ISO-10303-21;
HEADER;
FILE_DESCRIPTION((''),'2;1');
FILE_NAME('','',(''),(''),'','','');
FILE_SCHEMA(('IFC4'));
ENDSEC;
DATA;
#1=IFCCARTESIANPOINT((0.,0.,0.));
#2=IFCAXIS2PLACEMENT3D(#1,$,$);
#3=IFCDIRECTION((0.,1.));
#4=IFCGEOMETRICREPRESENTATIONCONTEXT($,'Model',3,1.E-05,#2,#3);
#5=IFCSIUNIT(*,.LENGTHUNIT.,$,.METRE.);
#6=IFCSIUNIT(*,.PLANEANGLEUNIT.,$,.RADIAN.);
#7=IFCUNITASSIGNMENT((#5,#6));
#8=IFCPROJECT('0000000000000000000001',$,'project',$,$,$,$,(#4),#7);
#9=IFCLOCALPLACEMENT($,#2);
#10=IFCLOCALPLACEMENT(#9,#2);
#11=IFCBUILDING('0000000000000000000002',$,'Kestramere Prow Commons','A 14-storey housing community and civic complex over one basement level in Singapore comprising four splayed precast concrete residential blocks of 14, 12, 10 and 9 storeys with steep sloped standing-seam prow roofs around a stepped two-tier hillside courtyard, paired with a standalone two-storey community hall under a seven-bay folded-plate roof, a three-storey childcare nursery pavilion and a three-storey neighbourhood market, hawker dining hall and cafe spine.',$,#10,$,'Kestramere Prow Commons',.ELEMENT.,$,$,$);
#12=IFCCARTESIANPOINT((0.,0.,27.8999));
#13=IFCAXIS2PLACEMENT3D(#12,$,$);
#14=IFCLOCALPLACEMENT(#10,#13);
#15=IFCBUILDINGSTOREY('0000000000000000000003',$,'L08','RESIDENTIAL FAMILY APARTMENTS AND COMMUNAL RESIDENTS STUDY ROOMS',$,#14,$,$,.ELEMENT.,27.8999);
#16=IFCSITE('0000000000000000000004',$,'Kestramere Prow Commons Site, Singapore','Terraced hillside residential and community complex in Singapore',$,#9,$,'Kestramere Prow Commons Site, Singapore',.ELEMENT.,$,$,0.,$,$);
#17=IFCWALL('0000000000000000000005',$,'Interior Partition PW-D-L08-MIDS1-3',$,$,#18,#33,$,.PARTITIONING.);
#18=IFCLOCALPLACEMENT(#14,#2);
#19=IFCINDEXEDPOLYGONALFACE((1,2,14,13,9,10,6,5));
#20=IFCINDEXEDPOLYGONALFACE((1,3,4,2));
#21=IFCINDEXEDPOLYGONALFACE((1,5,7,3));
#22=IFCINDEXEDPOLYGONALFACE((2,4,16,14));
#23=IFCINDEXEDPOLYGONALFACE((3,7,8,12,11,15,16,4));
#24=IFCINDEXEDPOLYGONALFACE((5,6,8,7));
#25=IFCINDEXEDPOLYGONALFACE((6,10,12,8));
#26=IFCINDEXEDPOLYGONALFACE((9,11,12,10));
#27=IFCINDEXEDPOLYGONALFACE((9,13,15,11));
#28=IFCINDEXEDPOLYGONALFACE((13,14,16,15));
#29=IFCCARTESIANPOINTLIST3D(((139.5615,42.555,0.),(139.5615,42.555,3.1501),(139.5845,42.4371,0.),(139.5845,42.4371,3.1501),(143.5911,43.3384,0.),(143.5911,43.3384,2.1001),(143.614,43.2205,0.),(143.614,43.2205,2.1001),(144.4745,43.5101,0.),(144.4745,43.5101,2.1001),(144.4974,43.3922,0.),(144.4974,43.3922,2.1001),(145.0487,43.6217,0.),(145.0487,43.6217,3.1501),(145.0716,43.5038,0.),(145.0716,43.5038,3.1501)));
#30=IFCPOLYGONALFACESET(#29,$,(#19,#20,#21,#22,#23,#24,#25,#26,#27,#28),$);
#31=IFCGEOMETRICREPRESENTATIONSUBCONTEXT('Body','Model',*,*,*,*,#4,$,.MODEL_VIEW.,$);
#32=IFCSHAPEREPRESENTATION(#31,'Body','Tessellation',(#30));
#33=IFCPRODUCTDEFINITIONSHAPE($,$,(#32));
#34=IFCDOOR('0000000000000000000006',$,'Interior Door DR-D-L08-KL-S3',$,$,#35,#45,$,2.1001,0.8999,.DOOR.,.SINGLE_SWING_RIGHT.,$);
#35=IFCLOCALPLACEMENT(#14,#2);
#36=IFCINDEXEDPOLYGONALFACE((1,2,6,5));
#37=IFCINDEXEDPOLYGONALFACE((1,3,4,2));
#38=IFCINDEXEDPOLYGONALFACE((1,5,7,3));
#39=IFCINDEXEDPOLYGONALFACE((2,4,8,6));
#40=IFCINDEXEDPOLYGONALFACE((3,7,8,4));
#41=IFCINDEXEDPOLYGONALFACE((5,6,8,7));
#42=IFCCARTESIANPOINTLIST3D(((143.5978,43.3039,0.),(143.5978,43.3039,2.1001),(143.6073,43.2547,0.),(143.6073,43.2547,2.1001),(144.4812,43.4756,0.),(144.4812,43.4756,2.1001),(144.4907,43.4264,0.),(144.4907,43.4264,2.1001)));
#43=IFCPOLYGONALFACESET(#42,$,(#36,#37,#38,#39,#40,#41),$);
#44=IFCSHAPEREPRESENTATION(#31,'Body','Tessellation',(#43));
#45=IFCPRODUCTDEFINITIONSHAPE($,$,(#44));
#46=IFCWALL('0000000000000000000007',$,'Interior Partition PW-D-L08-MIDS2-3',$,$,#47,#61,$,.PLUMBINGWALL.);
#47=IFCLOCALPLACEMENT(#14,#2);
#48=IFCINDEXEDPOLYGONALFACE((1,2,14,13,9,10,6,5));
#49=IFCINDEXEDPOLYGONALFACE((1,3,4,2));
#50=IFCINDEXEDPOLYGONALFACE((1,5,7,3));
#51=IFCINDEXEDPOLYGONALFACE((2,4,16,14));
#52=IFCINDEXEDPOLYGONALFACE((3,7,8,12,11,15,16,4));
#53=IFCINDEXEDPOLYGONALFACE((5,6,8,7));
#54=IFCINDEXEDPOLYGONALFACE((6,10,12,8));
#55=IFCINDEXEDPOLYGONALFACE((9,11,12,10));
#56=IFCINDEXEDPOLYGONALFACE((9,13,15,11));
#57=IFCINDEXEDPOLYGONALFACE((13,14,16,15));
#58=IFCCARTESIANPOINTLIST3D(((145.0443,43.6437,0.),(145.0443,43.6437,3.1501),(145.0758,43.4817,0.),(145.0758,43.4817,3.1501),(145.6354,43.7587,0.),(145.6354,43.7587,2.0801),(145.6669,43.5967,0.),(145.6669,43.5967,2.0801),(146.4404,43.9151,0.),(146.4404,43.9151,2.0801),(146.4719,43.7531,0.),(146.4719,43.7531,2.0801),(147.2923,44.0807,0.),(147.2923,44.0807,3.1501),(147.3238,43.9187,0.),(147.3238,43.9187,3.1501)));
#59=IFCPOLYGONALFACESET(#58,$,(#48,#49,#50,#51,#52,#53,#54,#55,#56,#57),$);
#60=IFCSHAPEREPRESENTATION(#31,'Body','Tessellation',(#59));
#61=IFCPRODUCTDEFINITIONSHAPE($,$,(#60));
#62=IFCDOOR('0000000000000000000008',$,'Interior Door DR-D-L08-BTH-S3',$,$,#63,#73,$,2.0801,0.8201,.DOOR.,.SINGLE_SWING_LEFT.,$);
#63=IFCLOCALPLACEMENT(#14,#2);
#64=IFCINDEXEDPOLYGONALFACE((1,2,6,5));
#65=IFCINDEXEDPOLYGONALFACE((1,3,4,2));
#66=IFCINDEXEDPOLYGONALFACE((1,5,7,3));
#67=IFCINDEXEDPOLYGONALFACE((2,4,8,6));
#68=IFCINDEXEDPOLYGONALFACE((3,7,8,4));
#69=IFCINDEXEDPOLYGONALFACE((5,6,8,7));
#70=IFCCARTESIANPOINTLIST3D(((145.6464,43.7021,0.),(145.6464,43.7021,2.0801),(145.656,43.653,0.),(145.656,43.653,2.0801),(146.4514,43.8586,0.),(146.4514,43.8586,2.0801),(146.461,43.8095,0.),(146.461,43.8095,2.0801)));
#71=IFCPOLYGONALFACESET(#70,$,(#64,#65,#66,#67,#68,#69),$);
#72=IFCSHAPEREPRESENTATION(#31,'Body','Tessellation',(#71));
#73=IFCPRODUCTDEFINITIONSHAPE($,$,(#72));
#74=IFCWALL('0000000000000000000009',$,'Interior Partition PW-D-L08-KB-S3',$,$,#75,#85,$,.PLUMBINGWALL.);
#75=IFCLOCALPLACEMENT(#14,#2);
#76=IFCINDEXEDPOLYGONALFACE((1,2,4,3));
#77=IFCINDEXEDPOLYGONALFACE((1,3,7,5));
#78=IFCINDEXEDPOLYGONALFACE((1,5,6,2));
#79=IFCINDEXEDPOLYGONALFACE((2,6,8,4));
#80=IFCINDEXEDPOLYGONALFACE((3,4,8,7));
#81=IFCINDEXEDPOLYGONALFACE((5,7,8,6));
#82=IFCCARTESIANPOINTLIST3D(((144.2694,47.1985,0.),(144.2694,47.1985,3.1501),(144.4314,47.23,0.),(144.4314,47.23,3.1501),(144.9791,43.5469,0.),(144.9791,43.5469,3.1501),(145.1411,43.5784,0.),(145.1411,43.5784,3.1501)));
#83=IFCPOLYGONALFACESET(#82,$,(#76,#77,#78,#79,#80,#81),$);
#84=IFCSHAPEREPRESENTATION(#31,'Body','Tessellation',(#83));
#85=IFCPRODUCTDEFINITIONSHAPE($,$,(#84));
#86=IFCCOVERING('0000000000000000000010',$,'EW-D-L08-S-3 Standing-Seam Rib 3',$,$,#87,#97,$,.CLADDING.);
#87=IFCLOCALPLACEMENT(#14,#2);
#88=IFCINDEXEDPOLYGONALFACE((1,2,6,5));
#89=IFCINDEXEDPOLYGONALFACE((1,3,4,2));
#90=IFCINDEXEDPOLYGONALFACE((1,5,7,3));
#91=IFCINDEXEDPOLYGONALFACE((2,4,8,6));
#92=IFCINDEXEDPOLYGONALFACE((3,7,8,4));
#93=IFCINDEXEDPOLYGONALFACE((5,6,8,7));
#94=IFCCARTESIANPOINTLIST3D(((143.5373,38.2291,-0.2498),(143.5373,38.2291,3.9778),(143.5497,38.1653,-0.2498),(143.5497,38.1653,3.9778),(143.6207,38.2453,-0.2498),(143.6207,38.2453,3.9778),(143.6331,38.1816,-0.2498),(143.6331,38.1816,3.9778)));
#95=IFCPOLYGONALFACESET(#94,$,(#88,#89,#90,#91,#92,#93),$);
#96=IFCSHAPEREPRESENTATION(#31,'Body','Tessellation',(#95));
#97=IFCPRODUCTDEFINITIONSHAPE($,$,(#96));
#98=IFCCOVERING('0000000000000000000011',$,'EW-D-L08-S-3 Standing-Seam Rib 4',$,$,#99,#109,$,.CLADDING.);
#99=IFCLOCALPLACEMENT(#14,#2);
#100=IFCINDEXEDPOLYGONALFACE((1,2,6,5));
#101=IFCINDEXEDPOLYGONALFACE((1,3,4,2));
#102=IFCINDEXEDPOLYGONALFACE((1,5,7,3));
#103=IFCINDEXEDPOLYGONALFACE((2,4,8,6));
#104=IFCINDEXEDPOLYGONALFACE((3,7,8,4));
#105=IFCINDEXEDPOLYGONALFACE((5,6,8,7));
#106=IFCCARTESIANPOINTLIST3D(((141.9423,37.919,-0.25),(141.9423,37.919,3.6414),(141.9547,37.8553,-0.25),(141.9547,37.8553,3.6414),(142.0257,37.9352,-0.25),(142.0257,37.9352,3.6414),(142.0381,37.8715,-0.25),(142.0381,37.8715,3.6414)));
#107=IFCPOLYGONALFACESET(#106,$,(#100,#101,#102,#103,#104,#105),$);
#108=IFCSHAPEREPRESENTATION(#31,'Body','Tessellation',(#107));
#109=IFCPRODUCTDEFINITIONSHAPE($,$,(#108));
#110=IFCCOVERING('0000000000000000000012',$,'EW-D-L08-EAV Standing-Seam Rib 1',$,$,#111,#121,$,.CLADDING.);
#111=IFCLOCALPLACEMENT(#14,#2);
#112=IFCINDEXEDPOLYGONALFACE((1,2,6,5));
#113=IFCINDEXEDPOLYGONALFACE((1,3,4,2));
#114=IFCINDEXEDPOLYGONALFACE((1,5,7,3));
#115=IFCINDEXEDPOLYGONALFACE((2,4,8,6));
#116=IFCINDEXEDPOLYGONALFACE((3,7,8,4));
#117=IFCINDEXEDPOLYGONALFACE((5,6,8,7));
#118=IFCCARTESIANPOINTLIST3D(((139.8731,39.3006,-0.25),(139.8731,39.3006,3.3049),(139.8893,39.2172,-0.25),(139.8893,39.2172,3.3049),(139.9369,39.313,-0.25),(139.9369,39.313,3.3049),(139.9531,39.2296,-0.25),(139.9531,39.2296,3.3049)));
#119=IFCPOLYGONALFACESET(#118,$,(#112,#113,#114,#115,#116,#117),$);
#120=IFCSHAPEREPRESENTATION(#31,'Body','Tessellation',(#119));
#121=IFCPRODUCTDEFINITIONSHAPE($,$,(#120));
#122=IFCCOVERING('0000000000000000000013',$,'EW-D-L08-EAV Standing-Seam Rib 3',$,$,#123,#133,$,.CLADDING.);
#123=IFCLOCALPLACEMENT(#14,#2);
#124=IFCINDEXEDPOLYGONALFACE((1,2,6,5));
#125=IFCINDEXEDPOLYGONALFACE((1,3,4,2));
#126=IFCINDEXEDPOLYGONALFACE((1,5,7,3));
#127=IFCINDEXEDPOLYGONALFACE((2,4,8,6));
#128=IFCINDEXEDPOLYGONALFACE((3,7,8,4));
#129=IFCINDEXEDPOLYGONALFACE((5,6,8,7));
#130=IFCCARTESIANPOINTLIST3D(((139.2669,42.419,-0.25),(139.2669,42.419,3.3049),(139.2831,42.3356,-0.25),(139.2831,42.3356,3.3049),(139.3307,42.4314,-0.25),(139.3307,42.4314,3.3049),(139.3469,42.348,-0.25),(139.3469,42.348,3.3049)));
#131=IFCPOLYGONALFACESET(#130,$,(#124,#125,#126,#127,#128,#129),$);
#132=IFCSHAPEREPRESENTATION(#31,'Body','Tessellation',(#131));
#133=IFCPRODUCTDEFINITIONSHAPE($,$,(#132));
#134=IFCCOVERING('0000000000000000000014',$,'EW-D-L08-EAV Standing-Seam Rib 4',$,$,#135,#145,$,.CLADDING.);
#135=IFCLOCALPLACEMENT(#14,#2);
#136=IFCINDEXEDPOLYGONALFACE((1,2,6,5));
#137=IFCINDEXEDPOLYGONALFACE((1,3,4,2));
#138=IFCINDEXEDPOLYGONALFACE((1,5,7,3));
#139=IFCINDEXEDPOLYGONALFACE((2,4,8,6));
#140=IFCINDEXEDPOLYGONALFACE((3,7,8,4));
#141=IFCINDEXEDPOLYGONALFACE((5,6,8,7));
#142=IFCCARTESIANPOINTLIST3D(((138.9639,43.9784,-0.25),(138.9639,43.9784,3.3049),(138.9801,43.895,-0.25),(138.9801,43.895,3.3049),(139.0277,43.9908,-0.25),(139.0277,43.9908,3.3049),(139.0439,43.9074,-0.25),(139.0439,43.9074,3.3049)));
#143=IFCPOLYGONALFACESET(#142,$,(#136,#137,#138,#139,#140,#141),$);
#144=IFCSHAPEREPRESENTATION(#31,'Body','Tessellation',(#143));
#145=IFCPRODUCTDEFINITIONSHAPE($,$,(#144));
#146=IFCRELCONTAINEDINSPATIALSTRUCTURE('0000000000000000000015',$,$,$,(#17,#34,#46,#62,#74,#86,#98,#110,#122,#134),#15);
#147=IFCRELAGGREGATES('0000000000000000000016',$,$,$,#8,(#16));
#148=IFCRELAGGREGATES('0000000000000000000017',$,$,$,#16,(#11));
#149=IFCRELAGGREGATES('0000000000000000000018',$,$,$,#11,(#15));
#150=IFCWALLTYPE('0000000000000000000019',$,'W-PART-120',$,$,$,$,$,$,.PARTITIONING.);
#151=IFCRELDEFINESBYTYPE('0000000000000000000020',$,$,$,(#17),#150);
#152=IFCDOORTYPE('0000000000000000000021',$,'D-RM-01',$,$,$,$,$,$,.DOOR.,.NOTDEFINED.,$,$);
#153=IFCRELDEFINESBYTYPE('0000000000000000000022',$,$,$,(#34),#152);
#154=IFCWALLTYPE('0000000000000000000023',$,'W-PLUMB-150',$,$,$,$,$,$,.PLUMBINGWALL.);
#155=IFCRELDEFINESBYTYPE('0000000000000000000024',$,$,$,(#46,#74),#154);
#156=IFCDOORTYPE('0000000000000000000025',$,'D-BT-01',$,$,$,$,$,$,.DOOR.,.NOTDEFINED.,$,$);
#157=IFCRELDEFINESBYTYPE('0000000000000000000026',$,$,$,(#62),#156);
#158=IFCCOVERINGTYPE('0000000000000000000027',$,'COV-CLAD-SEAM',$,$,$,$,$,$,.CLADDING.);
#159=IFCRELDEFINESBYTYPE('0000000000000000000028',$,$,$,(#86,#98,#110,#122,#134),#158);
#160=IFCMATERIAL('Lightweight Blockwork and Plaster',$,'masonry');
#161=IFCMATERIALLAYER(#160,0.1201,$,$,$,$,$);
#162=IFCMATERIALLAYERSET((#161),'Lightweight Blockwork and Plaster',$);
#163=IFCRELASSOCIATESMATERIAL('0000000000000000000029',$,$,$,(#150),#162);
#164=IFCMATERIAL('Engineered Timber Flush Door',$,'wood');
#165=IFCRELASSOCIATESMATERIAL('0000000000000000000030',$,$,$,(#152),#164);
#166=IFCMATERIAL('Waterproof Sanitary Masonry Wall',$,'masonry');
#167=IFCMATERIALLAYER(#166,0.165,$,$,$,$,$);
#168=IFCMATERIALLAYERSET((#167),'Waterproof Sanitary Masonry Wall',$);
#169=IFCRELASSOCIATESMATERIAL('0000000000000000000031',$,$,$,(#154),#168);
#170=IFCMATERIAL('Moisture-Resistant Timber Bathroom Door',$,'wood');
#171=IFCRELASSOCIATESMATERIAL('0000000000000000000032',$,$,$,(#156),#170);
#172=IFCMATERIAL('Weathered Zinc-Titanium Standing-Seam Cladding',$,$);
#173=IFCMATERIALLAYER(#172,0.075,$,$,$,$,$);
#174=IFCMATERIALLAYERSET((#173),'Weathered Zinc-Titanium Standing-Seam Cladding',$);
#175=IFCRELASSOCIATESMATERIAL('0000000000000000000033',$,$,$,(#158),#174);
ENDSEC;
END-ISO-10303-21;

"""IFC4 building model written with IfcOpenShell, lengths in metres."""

from ifc_helpers import new_model, si_unit, direction, frame, frame_2d, origin, origin_2d, place, context, subcontext, project, spatial, rectangle, extrude, material, layer, layer_set, type_object, element, fill, save


model = new_model("IFC4")

# Units and contexts
model_context = context("Model", 3, precision=1e-05, world=origin(), true_north=direction((0.0, 1.0)))
body_context = subcontext(model_context, "Body", "Model", "MODEL_VIEW")
ifc_project = project(units=[si_unit("LENGTHUNIT", "METRE"), si_unit("PLANEANGLEUNIT", "RADIAN")], contexts=[model_context])

# Site, building, storey
site_placement = place(None, origin())
site = spatial("IfcSite", under=ifc_project, at=site_placement, Name="Kestramere Prow Commons Site, Singapore", Description="Terraced hillside residential and community complex in Singapore", LongName="Kestramere Prow Commons Site, Singapore", CompositionType="ELEMENT", RefElevation=0.0)
building_placement = place(site_placement, origin())
building = spatial("IfcBuilding", under=site, at=building_placement, Name="Kestramere Prow Commons", Description="A 14-storey housing community and civic complex over one basement level in Singapore comprising four splayed precast concrete residential blocks of 14, 12, 10 and 9 storeys with steep sloped standing-seam prow roofs around a stepped two-tier hillside courtyard, paired with a standalone two-storey community hall under a seven-bay folded-plate roof, a three-storey childcare nursery pavilion and a three-storey neighbourhood market, hawker dining hall and cafe spine.", LongName="Kestramere Prow Commons", CompositionType="ELEMENT")
storey_placement = place(building_placement, frame((0.0, 0.0, 27.8999)))
storey = spatial("IfcBuildingStorey", under=building, at=storey_placement, Name="L08", Description="RESIDENTIAL FAMILY APARTMENTS AND COMMUNAL RESIDENTS STUDY ROOMS", CompositionType="ELEMENT", Elevation=27.8999)

# Walls, openings, doors
ifc_material_1 = material(Name="Lightweight Blockwork and Plaster", Category="masonry")
ifc_layer_1 = layer(ifc_material_1, 0.1201)
ifc_layer_set_1 = layer_set([ifc_layer_1], Name="Lightweight Blockwork and Plaster")
wall_type_1 = type_object("IfcWallType", Name="W-PART-120", PredefinedType="PARTITIONING", material=ifc_layer_set_1)
wall_1_placement = place(storey_placement, frame((139.573, 42.4961, 0.0), z_axis=(0.0, 0.0, 1.0), x_axis=(0.981625, 0.190822, 0.0)))
wall_1 = element("IfcWall", 1, at=wall_1_placement, inside=storey, type_object=wall_type_1, Name="Interior Partition PW-D-L08-MIDS1-3", PredefinedType="PARTITIONING", context=body_context, shape_type="SweptSolid", body=[
    extrude(rectangle(XDim=5.5898, YDim=0.1201, at=frame_2d((2.7949, 0.0))), origin(), (0.0, 0.0, 1.0), 3.1501),
])
opening_1_placement = place(wall_1_placement, frame((4.105, 0.0, 0.0)))
opening_1 = element("IfcOpeningElement", 2, at=opening_1_placement, cuts=wall_1, PredefinedType="OPENING", context=body_context, shape_type="SweptSolid", body=[
    extrude(rectangle(XDim=0.8999, YDim=2.1001, at=frame_2d((0.45, 1.05))), frame((0.0, 0.075, 0.0), z_axis=(0.0, -1.0, 0.0), x_axis=(1.0, 0.0, 0.0)), (0.0, 0.0, 1.0), 0.1501),
])
ifc_material_2 = material(Name="Engineered Timber Flush Door", Category="wood")
door_type_1 = type_object("IfcDoorType", Name="D-RM-01", OperationType="NOTDEFINED", PredefinedType="DOOR", material=ifc_material_2)
door_1_placement = place(opening_1_placement, origin())
door_1 = element("IfcDoor", 3, at=door_1_placement, inside=storey, type_object=door_type_1, Name="Interior Door DR-D-L08-KL-S3", OperationType="SINGLE_SWING_RIGHT", OverallHeight=2.1001, OverallWidth=0.8999, PredefinedType="DOOR", context=body_context, shape_type="SweptSolid", body=[
    extrude(rectangle(XDim=0.8999, YDim=2.1001, at=frame_2d((0.45, 1.05))), frame((0.0, 0.0249, 0.0), z_axis=(0.0, -1.0, 0.0), x_axis=(1.0, 0.0, 0.0)), (0.0, 0.0, 1.0), 0.05),
])
fill(opening_1, door_1)
ifc_material_3 = material(Name="Waterproof Sanitary Masonry Wall", Category="masonry")
ifc_layer_2 = layer(ifc_material_3, 0.165)
ifc_layer_set_2 = layer_set([ifc_layer_2], Name="Waterproof Sanitary Masonry Wall")
wall_type_2 = type_object("IfcWallType", Name="W-PLUMB-150", PredefinedType="PLUMBINGWALL", material=ifc_layer_set_2)
wall_2_placement = place(storey_placement, frame((145.0601, 43.5627, 0.0), z_axis=(0.0, 0.0, 1.0), x_axis=(0.981624, 0.190824, 0.0)))
wall_2 = element("IfcWall", 4, at=wall_2_placement, inside=storey, type_object=wall_type_2, Name="Interior Partition PW-D-L08-MIDS2-3", PredefinedType="PLUMBINGWALL", context=body_context, shape_type="SweptSolid", body=[
    extrude(rectangle(XDim=2.29, YDim=0.165, at=frame_2d((1.145, 0.0))), origin(), (0.0, 0.0, 1.0), 3.1501),
])
opening_2_placement = place(wall_2_placement, frame((0.6021, 0.0, 0.0)))
opening_2 = element("IfcOpeningElement", 5, at=opening_2_placement, cuts=wall_2, PredefinedType="OPENING", context=body_context, shape_type="SweptSolid", body=[
    extrude(rectangle(XDim=0.8201, YDim=2.0801, at=frame_2d((0.4102, 1.04))), frame((0.0, 0.0974, 0.0), z_axis=(0.0, -1.0, 0.0), x_axis=(1.0, 0.0, 0.0)), (0.0, 0.0, 1.0), 0.1951),
])
ifc_material_4 = material(Name="Moisture-Resistant Timber Bathroom Door", Category="wood")
door_type_2 = type_object("IfcDoorType", Name="D-BT-01", OperationType="NOTDEFINED", PredefinedType="DOOR", material=ifc_material_4)
door_2_placement = place(opening_2_placement, origin())
door_2 = element("IfcDoor", 6, at=door_2_placement, inside=storey, type_object=door_type_2, Name="Interior Door DR-D-L08-BTH-S3", OperationType="SINGLE_SWING_LEFT", OverallHeight=2.0801, OverallWidth=0.8201, PredefinedType="DOOR", context=body_context, shape_type="SweptSolid", body=[
    extrude(rectangle(XDim=0.8201, YDim=2.0801, at=frame_2d((0.4102, 1.04))), frame((0.0, 0.0249, 0.0), z_axis=(0.0, -1.0, 0.0), x_axis=(1.0, 0.0, 0.0)), (0.0, 0.0, 1.0), 0.05),
])
fill(opening_2, door_2)

# Wall
wall_3_placement = place(storey_placement, frame((145.0601, 43.5627, 0.0), z_axis=(0.0, 0.0, 1.0), x_axis=(-0.190787, 0.981631, 0.0)))
element("IfcWall", 7, at=wall_3_placement, inside=storey, type_object=wall_type_2, Name="Interior Partition PW-D-L08-KB-S3", PredefinedType="PLUMBINGWALL", context=body_context, shape_type="SweptSolid", body=[
    extrude(rectangle(XDim=3.72, YDim=0.165, at=frame_2d((1.8599, 0.0))), origin(), (0.0, 0.0, 1.0), 3.1501),
])

# Coverings
ifc_material_5 = material(Name="Weathered Zinc-Titanium Standing-Seam Cladding")
ifc_layer_3 = layer(ifc_material_5, 0.075)
ifc_layer_set_3 = layer_set([ifc_layer_3], Name="Weathered Zinc-Titanium Standing-Seam Cladding")
covering_type = type_object("IfcCoveringType", Name="COV-CLAD-SEAM", PredefinedType="CLADDING", material=ifc_layer_set_3)
covering_1_placement = place(storey_placement, frame((143.5852, 38.2053, -0.2498), z_axis=(0.0, 0.0, 1.0), x_axis=(-0.981627, -0.190809, 0.0)))
element("IfcCovering", 8, at=covering_1_placement, inside=storey, type_object=covering_type, Name="EW-D-L08-S-3 Standing-Seam Rib 3", PredefinedType="CLADDING", context=body_context, shape_type="SweptSolid", body=[
    extrude(rectangle(XDim=0.085, YDim=0.0649, at=origin_2d()), origin(), (0.0, 0.0, 1.0), 4.2275),
])
covering_2_placement = place(storey_placement, frame((141.9902, 37.8953, -0.25), z_axis=(0.0, 0.0, 1.0), x_axis=(-0.981627, -0.190809, 0.0)))
element("IfcCovering", 9, at=covering_2_placement, inside=storey, type_object=covering_type, Name="EW-D-L08-S-3 Standing-Seam Rib 4", PredefinedType="CLADDING", context=body_context, shape_type="SweptSolid", body=[
    extrude(rectangle(XDim=0.085, YDim=0.0649, at=origin_2d()), origin(), (0.0, 0.0, 1.0), 3.8914),
])
for number, where, z_axis, x_axis, name in (
    (10, (139.9131, 39.2651, -0.25), (0.0, 0.0, 1.0), (-0.190809, 0.981627, 0.0), "EW-D-L08-EAV Standing-Seam Rib 1"),
    (11, (139.3069, 42.3835, -0.25), (0.0, 0.0, 1.0), (-0.190809, 0.981627, 0.0), "EW-D-L08-EAV Standing-Seam Rib 3"),
    (12, (139.0039, 43.9429, -0.25), (0.0, 0.0, 1.0), (-0.190809, 0.981627, 0.0), "EW-D-L08-EAV Standing-Seam Rib 4"),
):
    element("IfcCovering", number, at=place(storey_placement, frame(where, z_axis=z_axis, x_axis=x_axis)), inside=storey, type_object=covering_type, Name=name, PredefinedType="CLADDING", context=body_context, shape_type="SweptSolid", body=[
        extrude(rectangle(XDim=0.085, YDim=0.0649, at=origin_2d()), origin(), (0.0, 0.0, 1.0), 3.5549),
    ])

save(model, "model.ifc")
